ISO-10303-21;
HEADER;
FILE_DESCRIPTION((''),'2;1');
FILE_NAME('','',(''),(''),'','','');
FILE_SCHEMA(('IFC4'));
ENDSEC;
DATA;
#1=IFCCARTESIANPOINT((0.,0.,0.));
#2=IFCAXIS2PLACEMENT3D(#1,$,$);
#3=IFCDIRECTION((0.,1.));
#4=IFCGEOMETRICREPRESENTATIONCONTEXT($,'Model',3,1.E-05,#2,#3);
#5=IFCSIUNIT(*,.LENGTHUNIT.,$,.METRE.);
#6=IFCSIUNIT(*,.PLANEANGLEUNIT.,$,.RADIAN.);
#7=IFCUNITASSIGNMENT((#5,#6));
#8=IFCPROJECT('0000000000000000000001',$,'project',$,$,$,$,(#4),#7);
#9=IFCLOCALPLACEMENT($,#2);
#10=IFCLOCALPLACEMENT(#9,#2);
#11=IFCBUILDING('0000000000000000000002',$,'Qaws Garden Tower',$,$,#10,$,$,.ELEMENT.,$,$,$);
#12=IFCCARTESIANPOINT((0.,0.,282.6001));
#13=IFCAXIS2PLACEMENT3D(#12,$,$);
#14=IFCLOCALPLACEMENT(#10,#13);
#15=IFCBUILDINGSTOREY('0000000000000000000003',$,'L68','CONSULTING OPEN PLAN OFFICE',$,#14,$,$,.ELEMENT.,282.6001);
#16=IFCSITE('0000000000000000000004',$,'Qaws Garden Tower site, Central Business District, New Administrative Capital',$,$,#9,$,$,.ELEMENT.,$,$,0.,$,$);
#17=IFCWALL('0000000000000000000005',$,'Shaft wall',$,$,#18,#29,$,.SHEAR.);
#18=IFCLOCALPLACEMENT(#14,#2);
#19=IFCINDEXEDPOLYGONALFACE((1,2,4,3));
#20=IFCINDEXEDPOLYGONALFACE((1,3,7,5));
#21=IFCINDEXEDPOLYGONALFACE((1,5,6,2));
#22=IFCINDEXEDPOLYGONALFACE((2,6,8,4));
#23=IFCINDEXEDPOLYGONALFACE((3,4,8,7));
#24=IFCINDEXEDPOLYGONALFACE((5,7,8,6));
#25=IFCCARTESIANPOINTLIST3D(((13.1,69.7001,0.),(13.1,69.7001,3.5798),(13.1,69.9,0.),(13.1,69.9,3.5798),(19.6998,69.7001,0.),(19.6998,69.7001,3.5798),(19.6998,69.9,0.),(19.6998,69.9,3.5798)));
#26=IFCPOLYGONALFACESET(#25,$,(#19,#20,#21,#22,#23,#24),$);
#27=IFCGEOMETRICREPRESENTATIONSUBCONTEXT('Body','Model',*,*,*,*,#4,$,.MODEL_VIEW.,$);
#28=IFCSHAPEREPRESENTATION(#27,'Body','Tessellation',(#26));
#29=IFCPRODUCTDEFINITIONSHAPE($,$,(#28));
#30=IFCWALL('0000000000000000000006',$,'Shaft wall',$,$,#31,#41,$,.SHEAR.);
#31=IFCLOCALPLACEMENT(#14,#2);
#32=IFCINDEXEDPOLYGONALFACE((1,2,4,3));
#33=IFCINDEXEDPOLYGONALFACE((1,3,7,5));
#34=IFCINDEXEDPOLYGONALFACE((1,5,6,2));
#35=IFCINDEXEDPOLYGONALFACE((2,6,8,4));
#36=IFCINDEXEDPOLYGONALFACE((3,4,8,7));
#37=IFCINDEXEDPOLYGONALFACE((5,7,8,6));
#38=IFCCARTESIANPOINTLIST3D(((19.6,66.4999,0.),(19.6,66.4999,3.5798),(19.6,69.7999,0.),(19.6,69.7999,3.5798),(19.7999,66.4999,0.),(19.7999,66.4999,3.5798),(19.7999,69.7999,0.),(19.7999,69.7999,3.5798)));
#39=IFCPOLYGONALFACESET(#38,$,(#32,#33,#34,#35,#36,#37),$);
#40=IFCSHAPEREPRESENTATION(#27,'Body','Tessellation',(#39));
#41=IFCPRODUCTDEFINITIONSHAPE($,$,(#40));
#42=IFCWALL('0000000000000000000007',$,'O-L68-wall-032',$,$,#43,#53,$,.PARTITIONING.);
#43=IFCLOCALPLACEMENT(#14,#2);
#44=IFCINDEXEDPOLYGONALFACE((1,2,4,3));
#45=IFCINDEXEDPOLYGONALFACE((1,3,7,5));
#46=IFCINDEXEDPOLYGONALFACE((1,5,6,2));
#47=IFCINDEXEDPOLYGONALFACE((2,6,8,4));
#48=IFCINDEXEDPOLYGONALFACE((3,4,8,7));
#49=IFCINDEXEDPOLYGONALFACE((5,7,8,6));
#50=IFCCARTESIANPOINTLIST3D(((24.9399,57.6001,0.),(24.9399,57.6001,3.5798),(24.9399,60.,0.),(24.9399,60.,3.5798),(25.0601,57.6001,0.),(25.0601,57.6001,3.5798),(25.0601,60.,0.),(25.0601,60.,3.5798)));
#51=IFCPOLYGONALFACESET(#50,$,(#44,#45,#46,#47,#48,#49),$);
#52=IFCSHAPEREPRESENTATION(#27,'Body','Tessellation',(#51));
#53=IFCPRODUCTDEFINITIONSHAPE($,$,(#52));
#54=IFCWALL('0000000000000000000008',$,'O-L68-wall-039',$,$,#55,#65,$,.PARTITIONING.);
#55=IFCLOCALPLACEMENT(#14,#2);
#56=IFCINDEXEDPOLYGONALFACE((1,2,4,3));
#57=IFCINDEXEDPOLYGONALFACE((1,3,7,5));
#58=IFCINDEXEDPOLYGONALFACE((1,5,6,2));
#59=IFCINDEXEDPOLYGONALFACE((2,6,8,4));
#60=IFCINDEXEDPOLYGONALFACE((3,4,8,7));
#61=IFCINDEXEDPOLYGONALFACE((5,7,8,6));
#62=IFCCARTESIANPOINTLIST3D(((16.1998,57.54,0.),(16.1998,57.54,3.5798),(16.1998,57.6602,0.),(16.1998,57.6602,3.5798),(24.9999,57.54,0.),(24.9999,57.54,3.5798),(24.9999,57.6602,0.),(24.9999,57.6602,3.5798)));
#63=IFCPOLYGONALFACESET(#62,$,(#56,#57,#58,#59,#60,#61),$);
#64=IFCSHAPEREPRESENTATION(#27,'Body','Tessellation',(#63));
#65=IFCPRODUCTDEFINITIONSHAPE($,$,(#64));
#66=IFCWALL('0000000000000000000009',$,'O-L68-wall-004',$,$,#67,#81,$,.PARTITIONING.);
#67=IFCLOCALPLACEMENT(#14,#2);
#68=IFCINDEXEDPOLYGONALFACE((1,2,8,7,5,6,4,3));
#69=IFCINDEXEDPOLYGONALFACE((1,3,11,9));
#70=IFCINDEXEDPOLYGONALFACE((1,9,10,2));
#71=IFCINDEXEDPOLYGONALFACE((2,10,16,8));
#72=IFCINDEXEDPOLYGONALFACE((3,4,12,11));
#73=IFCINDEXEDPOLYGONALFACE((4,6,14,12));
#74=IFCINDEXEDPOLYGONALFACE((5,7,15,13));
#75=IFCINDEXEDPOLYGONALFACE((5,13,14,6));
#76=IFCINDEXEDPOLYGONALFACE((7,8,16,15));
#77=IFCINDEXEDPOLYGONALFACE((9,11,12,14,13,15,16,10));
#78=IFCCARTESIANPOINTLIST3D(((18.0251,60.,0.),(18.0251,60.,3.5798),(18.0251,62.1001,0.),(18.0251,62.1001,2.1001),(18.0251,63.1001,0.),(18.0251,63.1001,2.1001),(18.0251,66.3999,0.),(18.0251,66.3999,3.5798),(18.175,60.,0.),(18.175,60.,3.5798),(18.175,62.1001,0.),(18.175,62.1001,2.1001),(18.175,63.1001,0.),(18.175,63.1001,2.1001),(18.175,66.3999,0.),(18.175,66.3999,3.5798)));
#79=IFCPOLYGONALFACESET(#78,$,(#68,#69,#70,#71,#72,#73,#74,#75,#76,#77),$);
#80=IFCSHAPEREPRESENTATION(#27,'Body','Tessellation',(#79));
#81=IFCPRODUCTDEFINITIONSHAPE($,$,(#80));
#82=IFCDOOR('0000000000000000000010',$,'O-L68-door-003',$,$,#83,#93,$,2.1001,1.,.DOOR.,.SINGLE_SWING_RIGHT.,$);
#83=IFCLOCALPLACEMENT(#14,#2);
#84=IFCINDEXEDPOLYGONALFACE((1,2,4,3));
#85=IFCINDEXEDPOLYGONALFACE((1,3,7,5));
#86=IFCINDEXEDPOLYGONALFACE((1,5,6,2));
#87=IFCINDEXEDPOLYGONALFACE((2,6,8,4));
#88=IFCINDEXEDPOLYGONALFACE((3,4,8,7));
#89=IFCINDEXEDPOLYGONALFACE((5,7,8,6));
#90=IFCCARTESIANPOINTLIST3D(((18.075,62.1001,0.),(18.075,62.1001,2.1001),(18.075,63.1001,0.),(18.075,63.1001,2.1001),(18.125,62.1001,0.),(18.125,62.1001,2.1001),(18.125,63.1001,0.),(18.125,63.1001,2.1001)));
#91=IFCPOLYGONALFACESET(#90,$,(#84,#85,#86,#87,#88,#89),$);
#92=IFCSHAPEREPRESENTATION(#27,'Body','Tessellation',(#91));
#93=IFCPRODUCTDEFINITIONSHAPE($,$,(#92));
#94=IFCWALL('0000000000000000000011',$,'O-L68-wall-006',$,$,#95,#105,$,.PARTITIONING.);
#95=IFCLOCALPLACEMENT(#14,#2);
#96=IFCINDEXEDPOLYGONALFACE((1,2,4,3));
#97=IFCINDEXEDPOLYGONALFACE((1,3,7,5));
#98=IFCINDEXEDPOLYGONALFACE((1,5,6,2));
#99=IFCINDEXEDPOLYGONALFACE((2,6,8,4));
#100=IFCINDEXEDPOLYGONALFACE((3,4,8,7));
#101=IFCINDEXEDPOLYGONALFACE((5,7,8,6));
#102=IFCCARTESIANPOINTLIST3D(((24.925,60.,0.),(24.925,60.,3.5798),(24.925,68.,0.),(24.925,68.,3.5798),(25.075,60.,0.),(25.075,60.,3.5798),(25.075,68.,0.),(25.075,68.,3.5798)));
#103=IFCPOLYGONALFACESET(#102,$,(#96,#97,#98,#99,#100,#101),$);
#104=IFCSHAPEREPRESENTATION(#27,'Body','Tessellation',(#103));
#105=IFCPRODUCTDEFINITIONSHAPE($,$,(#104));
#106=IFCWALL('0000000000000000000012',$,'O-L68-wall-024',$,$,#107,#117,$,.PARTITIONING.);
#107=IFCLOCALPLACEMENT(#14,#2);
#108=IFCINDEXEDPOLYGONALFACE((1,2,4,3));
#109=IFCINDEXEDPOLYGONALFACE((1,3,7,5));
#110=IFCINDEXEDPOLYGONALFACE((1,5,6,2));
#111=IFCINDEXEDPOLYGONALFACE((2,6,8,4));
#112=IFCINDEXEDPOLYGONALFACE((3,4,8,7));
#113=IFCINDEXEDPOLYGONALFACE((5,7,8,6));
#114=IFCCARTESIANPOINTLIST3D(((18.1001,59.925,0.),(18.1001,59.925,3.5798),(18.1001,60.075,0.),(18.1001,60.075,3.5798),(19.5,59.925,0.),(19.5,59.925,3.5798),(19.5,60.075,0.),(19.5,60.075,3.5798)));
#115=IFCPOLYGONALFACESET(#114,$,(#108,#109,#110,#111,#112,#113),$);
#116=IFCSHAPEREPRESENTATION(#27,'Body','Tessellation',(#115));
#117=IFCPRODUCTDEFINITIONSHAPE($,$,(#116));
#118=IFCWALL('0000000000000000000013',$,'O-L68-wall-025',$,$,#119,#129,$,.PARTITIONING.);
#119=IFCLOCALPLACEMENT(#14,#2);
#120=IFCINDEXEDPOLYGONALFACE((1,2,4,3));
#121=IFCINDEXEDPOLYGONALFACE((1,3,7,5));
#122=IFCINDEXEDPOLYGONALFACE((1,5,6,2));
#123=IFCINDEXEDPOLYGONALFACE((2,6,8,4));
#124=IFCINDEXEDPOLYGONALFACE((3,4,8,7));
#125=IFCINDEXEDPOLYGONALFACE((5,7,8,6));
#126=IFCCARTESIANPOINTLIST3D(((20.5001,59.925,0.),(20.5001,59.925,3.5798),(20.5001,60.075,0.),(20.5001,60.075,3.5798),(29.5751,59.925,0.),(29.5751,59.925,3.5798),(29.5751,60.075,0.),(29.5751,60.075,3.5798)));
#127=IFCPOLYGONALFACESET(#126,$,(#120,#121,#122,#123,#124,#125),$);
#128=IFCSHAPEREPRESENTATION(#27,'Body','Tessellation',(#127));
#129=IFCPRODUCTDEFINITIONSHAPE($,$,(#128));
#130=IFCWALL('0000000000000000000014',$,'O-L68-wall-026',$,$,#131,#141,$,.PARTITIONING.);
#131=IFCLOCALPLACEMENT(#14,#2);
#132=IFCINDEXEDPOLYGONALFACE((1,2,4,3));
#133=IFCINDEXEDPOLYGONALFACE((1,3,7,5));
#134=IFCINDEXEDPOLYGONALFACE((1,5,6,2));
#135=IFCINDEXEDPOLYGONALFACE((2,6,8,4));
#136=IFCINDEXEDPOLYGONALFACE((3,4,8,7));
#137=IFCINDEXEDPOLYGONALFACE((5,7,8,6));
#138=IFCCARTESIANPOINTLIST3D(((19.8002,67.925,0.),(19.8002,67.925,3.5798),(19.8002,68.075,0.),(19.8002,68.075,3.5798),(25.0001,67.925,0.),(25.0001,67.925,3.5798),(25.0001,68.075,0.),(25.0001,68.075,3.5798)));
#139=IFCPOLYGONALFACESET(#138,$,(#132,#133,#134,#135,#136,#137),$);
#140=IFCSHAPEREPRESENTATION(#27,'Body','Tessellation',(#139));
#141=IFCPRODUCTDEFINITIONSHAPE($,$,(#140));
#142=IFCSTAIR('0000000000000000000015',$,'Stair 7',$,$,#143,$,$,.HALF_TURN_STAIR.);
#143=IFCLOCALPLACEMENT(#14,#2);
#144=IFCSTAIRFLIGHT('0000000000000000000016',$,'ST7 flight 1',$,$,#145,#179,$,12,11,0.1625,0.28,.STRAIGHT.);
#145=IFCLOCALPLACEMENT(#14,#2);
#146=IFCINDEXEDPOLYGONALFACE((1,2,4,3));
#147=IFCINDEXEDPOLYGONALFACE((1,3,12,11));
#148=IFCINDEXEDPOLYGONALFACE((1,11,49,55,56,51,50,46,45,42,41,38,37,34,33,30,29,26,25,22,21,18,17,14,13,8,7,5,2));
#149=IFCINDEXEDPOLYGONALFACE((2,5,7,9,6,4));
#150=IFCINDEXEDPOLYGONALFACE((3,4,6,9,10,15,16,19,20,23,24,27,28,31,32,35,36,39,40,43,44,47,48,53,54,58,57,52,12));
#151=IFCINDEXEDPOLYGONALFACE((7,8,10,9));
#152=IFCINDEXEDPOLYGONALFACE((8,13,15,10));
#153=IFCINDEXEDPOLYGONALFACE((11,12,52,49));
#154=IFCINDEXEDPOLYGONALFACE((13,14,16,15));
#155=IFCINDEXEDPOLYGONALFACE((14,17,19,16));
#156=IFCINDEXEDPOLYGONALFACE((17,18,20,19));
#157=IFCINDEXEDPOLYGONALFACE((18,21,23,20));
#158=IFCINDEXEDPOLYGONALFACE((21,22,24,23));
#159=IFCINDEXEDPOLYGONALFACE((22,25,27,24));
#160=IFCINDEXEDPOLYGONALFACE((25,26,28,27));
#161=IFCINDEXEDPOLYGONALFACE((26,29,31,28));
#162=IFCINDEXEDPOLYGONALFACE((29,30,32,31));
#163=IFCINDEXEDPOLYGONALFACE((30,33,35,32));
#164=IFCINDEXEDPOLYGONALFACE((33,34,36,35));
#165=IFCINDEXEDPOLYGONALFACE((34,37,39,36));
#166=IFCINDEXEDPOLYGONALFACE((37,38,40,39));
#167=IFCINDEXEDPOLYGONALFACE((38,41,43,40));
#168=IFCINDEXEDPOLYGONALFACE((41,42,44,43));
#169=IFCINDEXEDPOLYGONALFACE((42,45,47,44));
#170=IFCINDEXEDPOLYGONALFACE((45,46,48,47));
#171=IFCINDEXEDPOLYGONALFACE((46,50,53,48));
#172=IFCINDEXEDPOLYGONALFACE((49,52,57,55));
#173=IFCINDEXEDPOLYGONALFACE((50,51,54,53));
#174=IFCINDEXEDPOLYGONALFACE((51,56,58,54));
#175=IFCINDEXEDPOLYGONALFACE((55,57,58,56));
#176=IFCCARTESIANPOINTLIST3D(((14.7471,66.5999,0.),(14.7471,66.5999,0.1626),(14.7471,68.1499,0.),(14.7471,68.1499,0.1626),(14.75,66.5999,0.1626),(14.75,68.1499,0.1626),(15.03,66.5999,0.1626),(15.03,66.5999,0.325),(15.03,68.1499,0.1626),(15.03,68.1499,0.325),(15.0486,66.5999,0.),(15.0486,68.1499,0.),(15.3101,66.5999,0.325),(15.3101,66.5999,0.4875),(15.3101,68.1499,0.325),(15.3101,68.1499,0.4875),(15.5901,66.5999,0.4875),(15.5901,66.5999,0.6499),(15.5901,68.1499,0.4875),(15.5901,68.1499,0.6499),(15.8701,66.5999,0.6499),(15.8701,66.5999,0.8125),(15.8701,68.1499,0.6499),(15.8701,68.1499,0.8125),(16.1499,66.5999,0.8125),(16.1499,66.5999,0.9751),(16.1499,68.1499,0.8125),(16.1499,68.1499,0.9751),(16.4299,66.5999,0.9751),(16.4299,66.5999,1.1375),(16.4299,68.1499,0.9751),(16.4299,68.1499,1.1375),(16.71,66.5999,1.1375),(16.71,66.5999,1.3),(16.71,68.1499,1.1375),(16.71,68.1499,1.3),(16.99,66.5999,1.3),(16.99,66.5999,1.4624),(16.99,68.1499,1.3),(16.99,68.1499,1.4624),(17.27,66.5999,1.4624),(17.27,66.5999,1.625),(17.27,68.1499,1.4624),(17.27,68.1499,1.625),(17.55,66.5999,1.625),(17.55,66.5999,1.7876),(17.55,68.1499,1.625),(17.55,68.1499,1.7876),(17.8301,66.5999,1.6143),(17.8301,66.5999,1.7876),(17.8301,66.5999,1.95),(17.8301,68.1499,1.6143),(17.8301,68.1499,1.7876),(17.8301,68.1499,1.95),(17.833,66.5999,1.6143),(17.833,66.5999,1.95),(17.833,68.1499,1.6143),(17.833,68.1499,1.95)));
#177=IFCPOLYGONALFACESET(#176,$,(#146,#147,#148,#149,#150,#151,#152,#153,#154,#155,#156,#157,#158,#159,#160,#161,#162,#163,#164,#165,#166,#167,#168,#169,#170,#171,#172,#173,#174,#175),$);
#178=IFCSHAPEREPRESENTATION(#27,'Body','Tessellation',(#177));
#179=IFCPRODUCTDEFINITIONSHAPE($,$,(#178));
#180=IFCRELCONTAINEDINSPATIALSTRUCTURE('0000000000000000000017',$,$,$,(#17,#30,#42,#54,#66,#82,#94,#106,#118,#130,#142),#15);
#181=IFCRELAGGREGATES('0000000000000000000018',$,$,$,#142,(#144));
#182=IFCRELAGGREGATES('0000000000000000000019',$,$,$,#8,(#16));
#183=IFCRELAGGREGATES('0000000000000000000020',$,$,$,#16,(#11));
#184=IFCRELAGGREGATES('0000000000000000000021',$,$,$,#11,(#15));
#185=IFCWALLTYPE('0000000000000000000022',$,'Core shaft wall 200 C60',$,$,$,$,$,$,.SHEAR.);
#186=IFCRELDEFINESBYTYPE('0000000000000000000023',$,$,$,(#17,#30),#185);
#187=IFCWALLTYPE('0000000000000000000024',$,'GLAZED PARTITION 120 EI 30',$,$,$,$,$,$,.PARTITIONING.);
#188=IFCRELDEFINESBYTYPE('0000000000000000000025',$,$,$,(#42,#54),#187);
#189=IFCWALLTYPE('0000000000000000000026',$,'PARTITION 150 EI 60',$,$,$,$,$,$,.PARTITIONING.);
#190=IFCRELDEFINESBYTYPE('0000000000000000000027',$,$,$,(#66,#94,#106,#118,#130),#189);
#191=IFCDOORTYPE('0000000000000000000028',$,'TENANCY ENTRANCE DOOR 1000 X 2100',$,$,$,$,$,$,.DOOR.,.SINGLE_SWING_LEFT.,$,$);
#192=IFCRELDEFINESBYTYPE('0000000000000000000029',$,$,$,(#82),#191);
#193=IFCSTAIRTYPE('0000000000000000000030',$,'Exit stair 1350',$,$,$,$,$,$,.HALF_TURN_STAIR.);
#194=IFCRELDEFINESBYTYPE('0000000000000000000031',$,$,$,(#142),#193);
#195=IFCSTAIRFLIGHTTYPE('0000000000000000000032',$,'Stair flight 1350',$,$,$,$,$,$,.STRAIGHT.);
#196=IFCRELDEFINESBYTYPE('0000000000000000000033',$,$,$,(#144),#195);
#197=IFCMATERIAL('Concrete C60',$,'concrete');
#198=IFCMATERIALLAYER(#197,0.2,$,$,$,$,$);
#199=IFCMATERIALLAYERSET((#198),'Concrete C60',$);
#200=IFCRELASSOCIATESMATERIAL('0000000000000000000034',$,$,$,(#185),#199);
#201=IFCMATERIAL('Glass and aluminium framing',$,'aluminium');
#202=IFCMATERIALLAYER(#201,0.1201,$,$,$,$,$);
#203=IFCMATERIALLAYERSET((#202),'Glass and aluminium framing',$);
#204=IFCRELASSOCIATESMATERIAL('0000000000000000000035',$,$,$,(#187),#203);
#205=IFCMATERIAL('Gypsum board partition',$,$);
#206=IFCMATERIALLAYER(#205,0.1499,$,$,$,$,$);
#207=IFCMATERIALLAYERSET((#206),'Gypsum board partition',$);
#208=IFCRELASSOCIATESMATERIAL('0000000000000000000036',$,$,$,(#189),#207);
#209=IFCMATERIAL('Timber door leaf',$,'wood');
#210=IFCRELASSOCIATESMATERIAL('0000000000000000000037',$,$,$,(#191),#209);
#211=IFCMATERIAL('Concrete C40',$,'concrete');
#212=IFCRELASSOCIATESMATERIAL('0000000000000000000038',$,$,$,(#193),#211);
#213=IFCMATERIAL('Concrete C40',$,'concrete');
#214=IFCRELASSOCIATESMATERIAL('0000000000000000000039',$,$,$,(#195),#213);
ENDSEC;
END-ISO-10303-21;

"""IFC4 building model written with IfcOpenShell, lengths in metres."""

from ifc_helpers import new_model, si_unit, direction, frame, frame_2d, origin, place, context, subcontext, project, spatial, polyline, rectangle, outline, extrude, material, layer, layer_set, type_object, element, fill, aggregate, save


model = new_model("IFC4")

# Units and contexts
model_context = context("Model", 3, precision=1e-05, world=origin(), true_north=direction((0.0, 1.0)))
body_context = subcontext(model_context, "Body", "Model", "MODEL_VIEW")
ifc_project = project(units=[si_unit("LENGTHUNIT", "METRE"), si_unit("PLANEANGLEUNIT", "RADIAN")], contexts=[model_context])

# Site, building, storey
site_placement = place(None, origin())
site = spatial("IfcSite", under=ifc_project, at=site_placement, Name="Qaws Garden Tower site, Central Business District, New Administrative Capital", CompositionType="ELEMENT", RefElevation=0.0)
building_placement = place(site_placement, origin())
building = spatial("IfcBuilding", under=site, at=building_placement, Name="Qaws Garden Tower", CompositionType="ELEMENT")
storey_placement = place(building_placement, frame((0.0, 0.0, 282.6001)))
storey = spatial("IfcBuildingStorey", under=building, at=storey_placement, Name="L68", Description="CONSULTING OPEN PLAN OFFICE", CompositionType="ELEMENT", Elevation=282.6001)

# Walls
ifc_material_1 = material(Name="Concrete C60", Category="concrete")
ifc_layer_1 = layer(ifc_material_1, 0.2)
ifc_layer_set_1 = layer_set([ifc_layer_1], Name="Concrete C60")
wall_type_1 = type_object("IfcWallType", Name="Core shaft wall 200 C60", PredefinedType="SHEAR", material=ifc_layer_set_1)
wall_1_placement = place(storey_placement, frame((13.1001, 69.8, 0.0), z_axis=(0.0, 0.0, 1.0), x_axis=(1.0, 0.0, 0.0)))
element("IfcWall", 1, at=wall_1_placement, inside=storey, type_object=wall_type_1, Name="Shaft wall", PredefinedType="SHEAR", context=body_context, shape_type="SweptSolid", body=[
    extrude(rectangle(XDim=6.5999, YDim=0.2, at=frame_2d((3.2998, 0.0))), origin(), (0.0, 0.0, 1.0), 3.5798),
])
wall_2_placement = place(storey_placement, frame((19.7, 66.5, 0.0), z_axis=(0.0, 0.0, 1.0), x_axis=(0.0, 1.0, 0.0)))
element("IfcWall", 2, at=wall_2_placement, inside=storey, type_object=wall_type_1, Name="Shaft wall", PredefinedType="SHEAR", context=body_context, shape_type="SweptSolid", body=[
    extrude(rectangle(XDim=3.3, YDim=0.2, at=frame_2d((1.6499, 0.0))), origin(), (0.0, 0.0, 1.0), 3.5798),
])
ifc_material_2 = material(Name="Glass and aluminium framing", Category="aluminium")
ifc_layer_2 = layer(ifc_material_2, 0.1201)
ifc_layer_set_2 = layer_set([ifc_layer_2], Name="Glass and aluminium framing")
wall_type_2 = type_object("IfcWallType", Name="GLAZED PARTITION 120 EI 30", PredefinedType="PARTITIONING", material=ifc_layer_set_2)
wall_3_placement = place(storey_placement, frame((25.0, 57.6001, 0.0), z_axis=(0.0, 0.0, 1.0), x_axis=(0.0, 1.0, 0.0)))
element("IfcWall", 3, at=wall_3_placement, inside=storey, type_object=wall_type_2, Name="O-L68-wall-032", PredefinedType="PARTITIONING", context=body_context, shape_type="SweptSolid", body=[
    extrude(rectangle(XDim=2.3999, YDim=0.1201, at=frame_2d((1.2, 0.0))), origin(), (0.0, 0.0, 1.0), 3.5798),
])
wall_4_placement = place(storey_placement, frame((16.2, 57.6001, 0.0), z_axis=(0.0, 0.0, 1.0), x_axis=(1.0, 0.0, 0.0)))
element("IfcWall", 4, at=wall_4_placement, inside=storey, type_object=wall_type_2, Name="O-L68-wall-039", PredefinedType="PARTITIONING", context=body_context, shape_type="SweptSolid", body=[
    extrude(rectangle(XDim=8.8, YDim=0.1201, at=frame_2d((4.3999, 0.0))), origin(), (0.0, 0.0, 1.0), 3.5798),
])

# Wall, opening, door
ifc_material_3 = material(Name="Gypsum board partition")
ifc_layer_3 = layer(ifc_material_3, 0.1499)
ifc_layer_set_3 = layer_set([ifc_layer_3], Name="Gypsum board partition")
wall_type_3 = type_object("IfcWallType", Name="PARTITION 150 EI 60", PredefinedType="PARTITIONING", material=ifc_layer_set_3)
wall_5_placement = place(storey_placement, frame((18.1001, 60.0, 0.0), z_axis=(0.0, 0.0, 1.0), x_axis=(0.0, 1.0, 0.0)))
wall_5 = element("IfcWall", 5, at=wall_5_placement, inside=storey, type_object=wall_type_3, Name="O-L68-wall-004", PredefinedType="PARTITIONING", context=body_context, shape_type="SweptSolid", body=[
    extrude(rectangle(XDim=6.3999, YDim=0.1499, at=frame_2d((3.2, 0.0))), origin(), (0.0, 0.0, 1.0), 3.5798),
])
opening_1_placement = place(wall_5_placement, frame((2.1001, 0.0, 0.0)))
opening_1 = element("IfcOpeningElement", 6, at=opening_1_placement, cuts=wall_5, PredefinedType="OPENING", context=body_context, shape_type="SweptSolid", body=[
    extrude(rectangle(XDim=1.0, YDim=2.1001, at=frame_2d((0.5, 1.05))), frame((0.0, 0.085, 0.0), z_axis=(0.0, -1.0, 0.0), x_axis=(1.0, 0.0, 0.0)), (0.0, 0.0, 1.0), 0.1699),
])
ifc_material_4 = material(Name="Timber door leaf", Category="wood")
door_type = type_object("IfcDoorType", Name="TENANCY ENTRANCE DOOR 1000 X 2100", OperationType="SINGLE_SWING_LEFT", PredefinedType="DOOR", material=ifc_material_4)
door_placement = place(opening_1_placement, frame((1.0, 0.0, 0.0), z_axis=(0.0, 0.0, 1.0), x_axis=(-1.0, 0.0, 0.0)))
door = element("IfcDoor", 7, at=door_placement, inside=storey, type_object=door_type, Name="O-L68-door-003", OperationType="SINGLE_SWING_RIGHT", OverallHeight=2.1001, OverallWidth=1.0, PredefinedType="DOOR", context=body_context, shape_type="SweptSolid", body=[
    extrude(rectangle(XDim=1.0, YDim=2.1001, at=frame_2d((0.5, 1.05))), frame((0.0, 0.0249, 0.0), z_axis=(0.0, -1.0, 0.0), x_axis=(1.0, 0.0, 0.0)), (0.0, 0.0, 1.0), 0.05),
])
fill(opening_1, door)

# Walls
wall_6_placement = place(storey_placement, frame((25.0, 60.0, 0.0), z_axis=(0.0, 0.0, 1.0), x_axis=(0.0, 1.0, 0.0)))
element("IfcWall", 8, at=wall_6_placement, inside=storey, type_object=wall_type_3, Name="O-L68-wall-006", PredefinedType="PARTITIONING", context=body_context, shape_type="SweptSolid", body=[
    extrude(rectangle(XDim=8.0, YDim=0.1499, at=frame_2d((4.0, 0.0))), origin(), (0.0, 0.0, 1.0), 3.5798),
])
wall_7_placement = place(storey_placement, frame((18.1001, 60.0, 0.0), z_axis=(0.0, 0.0, 1.0), x_axis=(1.0, 0.0, 0.0)))
element("IfcWall", 9, at=wall_7_placement, inside=storey, type_object=wall_type_3, Name="O-L68-wall-024", PredefinedType="PARTITIONING", context=body_context, shape_type="SweptSolid", body=[
    extrude(rectangle(XDim=1.3999, YDim=0.1499, at=frame_2d((0.7, 0.0))), origin(), (0.0, 0.0, 1.0), 3.5798),
])
wall_8_placement = place(storey_placement, frame((20.5, 60.0, 0.0), z_axis=(0.0, 0.0, 1.0), x_axis=(1.0, 0.0, 0.0)))
element("IfcWall", 10, at=wall_8_placement, inside=storey, type_object=wall_type_3, Name="O-L68-wall-025", PredefinedType="PARTITIONING", context=body_context, shape_type="SweptSolid", body=[
    extrude(rectangle(XDim=9.075, YDim=0.1499, at=frame_2d((4.5376, 0.0))), origin(), (0.0, 0.0, 1.0), 3.5798),
])
wall_9_placement = place(storey_placement, frame((19.8, 68.0, 0.0), z_axis=(0.0, 0.0, 1.0), x_axis=(1.0, 0.0, 0.0)))
element("IfcWall", 11, at=wall_9_placement, inside=storey, type_object=wall_type_3, Name="O-L68-wall-026", PredefinedType="PARTITIONING", context=body_context, shape_type="SweptSolid", body=[
    extrude(rectangle(XDim=5.2, YDim=0.1499, at=frame_2d((2.6001, 0.0))), origin(), (0.0, 0.0, 1.0), 3.5798),
])

# Stair, stair flight
ifc_material_5 = material(Name="Concrete C40", Category="concrete")
stair_type = type_object("IfcStairType", Name="Exit stair 1350", PredefinedType="HALF_TURN_STAIR", material=ifc_material_5)
stair_placement = place(storey_placement, origin())
stair = element("IfcStair", 12, at=stair_placement, inside=storey, type_object=stair_type, Name="Stair 7", PredefinedType="HALF_TURN_STAIR")
ifc_material_6 = material(Name="Concrete C40", Category="concrete")
stair_flight_type = type_object("IfcStairFlightType", Name="Stair flight 1350", PredefinedType="STRAIGHT", material=ifc_material_6)
stair_flight_1_placement = place(storey_placement, frame((14.75, 67.375, 0.0), z_axis=(0.0, 0.0, 1.0), x_axis=(1.0, 0.0, 0.0)))
stair_flight_1 = element("IfcStairFlight", 13, at=stair_flight_1_placement, type_object=stair_flight_type, Name="ST7 flight 1", NumberOfRisers=12, NumberOfTreads=11, PredefinedType="STRAIGHT", RiserHeight=0.1625, TreadLength=0.28, context=body_context, shape_type="SweptSolid", body=[
    extrude(outline(polyline([(-0.0029, 0.0), (-0.0029, 0.1626), (0.0, 0.1626), (0.28, 0.1626), (0.28, 0.325), (0.5601, 0.325), (0.5601, 0.4875), (0.8401, 0.4875), (0.8401, 0.6499), (1.1201, 0.6499), (1.1201, 0.8125), (1.3999, 0.8125), (1.3999, 0.9751), (1.6799, 0.9751), (1.6799, 1.1375), (1.96, 1.1375), (1.96, 1.3), (2.24, 1.3), (2.24, 1.4624), (2.52, 1.4624), (2.52, 1.625), (2.8, 1.625), (2.8, 1.7876), (3.0801, 1.7876), (3.0801, 1.95), (3.083, 1.95), (3.083, 1.6143), (3.0801, 1.6143), (0.2986, 0.0), (-0.0029, 0.0)])), frame((0.0, 0.7749, 0.0), z_axis=(0.0, -1.0, 0.0), x_axis=(1.0, 0.0, 0.0)), (0.0, 0.0, 1.0), 1.55),
])
aggregate(stair, [stair_flight_1])

save(model, "model.ifc")
